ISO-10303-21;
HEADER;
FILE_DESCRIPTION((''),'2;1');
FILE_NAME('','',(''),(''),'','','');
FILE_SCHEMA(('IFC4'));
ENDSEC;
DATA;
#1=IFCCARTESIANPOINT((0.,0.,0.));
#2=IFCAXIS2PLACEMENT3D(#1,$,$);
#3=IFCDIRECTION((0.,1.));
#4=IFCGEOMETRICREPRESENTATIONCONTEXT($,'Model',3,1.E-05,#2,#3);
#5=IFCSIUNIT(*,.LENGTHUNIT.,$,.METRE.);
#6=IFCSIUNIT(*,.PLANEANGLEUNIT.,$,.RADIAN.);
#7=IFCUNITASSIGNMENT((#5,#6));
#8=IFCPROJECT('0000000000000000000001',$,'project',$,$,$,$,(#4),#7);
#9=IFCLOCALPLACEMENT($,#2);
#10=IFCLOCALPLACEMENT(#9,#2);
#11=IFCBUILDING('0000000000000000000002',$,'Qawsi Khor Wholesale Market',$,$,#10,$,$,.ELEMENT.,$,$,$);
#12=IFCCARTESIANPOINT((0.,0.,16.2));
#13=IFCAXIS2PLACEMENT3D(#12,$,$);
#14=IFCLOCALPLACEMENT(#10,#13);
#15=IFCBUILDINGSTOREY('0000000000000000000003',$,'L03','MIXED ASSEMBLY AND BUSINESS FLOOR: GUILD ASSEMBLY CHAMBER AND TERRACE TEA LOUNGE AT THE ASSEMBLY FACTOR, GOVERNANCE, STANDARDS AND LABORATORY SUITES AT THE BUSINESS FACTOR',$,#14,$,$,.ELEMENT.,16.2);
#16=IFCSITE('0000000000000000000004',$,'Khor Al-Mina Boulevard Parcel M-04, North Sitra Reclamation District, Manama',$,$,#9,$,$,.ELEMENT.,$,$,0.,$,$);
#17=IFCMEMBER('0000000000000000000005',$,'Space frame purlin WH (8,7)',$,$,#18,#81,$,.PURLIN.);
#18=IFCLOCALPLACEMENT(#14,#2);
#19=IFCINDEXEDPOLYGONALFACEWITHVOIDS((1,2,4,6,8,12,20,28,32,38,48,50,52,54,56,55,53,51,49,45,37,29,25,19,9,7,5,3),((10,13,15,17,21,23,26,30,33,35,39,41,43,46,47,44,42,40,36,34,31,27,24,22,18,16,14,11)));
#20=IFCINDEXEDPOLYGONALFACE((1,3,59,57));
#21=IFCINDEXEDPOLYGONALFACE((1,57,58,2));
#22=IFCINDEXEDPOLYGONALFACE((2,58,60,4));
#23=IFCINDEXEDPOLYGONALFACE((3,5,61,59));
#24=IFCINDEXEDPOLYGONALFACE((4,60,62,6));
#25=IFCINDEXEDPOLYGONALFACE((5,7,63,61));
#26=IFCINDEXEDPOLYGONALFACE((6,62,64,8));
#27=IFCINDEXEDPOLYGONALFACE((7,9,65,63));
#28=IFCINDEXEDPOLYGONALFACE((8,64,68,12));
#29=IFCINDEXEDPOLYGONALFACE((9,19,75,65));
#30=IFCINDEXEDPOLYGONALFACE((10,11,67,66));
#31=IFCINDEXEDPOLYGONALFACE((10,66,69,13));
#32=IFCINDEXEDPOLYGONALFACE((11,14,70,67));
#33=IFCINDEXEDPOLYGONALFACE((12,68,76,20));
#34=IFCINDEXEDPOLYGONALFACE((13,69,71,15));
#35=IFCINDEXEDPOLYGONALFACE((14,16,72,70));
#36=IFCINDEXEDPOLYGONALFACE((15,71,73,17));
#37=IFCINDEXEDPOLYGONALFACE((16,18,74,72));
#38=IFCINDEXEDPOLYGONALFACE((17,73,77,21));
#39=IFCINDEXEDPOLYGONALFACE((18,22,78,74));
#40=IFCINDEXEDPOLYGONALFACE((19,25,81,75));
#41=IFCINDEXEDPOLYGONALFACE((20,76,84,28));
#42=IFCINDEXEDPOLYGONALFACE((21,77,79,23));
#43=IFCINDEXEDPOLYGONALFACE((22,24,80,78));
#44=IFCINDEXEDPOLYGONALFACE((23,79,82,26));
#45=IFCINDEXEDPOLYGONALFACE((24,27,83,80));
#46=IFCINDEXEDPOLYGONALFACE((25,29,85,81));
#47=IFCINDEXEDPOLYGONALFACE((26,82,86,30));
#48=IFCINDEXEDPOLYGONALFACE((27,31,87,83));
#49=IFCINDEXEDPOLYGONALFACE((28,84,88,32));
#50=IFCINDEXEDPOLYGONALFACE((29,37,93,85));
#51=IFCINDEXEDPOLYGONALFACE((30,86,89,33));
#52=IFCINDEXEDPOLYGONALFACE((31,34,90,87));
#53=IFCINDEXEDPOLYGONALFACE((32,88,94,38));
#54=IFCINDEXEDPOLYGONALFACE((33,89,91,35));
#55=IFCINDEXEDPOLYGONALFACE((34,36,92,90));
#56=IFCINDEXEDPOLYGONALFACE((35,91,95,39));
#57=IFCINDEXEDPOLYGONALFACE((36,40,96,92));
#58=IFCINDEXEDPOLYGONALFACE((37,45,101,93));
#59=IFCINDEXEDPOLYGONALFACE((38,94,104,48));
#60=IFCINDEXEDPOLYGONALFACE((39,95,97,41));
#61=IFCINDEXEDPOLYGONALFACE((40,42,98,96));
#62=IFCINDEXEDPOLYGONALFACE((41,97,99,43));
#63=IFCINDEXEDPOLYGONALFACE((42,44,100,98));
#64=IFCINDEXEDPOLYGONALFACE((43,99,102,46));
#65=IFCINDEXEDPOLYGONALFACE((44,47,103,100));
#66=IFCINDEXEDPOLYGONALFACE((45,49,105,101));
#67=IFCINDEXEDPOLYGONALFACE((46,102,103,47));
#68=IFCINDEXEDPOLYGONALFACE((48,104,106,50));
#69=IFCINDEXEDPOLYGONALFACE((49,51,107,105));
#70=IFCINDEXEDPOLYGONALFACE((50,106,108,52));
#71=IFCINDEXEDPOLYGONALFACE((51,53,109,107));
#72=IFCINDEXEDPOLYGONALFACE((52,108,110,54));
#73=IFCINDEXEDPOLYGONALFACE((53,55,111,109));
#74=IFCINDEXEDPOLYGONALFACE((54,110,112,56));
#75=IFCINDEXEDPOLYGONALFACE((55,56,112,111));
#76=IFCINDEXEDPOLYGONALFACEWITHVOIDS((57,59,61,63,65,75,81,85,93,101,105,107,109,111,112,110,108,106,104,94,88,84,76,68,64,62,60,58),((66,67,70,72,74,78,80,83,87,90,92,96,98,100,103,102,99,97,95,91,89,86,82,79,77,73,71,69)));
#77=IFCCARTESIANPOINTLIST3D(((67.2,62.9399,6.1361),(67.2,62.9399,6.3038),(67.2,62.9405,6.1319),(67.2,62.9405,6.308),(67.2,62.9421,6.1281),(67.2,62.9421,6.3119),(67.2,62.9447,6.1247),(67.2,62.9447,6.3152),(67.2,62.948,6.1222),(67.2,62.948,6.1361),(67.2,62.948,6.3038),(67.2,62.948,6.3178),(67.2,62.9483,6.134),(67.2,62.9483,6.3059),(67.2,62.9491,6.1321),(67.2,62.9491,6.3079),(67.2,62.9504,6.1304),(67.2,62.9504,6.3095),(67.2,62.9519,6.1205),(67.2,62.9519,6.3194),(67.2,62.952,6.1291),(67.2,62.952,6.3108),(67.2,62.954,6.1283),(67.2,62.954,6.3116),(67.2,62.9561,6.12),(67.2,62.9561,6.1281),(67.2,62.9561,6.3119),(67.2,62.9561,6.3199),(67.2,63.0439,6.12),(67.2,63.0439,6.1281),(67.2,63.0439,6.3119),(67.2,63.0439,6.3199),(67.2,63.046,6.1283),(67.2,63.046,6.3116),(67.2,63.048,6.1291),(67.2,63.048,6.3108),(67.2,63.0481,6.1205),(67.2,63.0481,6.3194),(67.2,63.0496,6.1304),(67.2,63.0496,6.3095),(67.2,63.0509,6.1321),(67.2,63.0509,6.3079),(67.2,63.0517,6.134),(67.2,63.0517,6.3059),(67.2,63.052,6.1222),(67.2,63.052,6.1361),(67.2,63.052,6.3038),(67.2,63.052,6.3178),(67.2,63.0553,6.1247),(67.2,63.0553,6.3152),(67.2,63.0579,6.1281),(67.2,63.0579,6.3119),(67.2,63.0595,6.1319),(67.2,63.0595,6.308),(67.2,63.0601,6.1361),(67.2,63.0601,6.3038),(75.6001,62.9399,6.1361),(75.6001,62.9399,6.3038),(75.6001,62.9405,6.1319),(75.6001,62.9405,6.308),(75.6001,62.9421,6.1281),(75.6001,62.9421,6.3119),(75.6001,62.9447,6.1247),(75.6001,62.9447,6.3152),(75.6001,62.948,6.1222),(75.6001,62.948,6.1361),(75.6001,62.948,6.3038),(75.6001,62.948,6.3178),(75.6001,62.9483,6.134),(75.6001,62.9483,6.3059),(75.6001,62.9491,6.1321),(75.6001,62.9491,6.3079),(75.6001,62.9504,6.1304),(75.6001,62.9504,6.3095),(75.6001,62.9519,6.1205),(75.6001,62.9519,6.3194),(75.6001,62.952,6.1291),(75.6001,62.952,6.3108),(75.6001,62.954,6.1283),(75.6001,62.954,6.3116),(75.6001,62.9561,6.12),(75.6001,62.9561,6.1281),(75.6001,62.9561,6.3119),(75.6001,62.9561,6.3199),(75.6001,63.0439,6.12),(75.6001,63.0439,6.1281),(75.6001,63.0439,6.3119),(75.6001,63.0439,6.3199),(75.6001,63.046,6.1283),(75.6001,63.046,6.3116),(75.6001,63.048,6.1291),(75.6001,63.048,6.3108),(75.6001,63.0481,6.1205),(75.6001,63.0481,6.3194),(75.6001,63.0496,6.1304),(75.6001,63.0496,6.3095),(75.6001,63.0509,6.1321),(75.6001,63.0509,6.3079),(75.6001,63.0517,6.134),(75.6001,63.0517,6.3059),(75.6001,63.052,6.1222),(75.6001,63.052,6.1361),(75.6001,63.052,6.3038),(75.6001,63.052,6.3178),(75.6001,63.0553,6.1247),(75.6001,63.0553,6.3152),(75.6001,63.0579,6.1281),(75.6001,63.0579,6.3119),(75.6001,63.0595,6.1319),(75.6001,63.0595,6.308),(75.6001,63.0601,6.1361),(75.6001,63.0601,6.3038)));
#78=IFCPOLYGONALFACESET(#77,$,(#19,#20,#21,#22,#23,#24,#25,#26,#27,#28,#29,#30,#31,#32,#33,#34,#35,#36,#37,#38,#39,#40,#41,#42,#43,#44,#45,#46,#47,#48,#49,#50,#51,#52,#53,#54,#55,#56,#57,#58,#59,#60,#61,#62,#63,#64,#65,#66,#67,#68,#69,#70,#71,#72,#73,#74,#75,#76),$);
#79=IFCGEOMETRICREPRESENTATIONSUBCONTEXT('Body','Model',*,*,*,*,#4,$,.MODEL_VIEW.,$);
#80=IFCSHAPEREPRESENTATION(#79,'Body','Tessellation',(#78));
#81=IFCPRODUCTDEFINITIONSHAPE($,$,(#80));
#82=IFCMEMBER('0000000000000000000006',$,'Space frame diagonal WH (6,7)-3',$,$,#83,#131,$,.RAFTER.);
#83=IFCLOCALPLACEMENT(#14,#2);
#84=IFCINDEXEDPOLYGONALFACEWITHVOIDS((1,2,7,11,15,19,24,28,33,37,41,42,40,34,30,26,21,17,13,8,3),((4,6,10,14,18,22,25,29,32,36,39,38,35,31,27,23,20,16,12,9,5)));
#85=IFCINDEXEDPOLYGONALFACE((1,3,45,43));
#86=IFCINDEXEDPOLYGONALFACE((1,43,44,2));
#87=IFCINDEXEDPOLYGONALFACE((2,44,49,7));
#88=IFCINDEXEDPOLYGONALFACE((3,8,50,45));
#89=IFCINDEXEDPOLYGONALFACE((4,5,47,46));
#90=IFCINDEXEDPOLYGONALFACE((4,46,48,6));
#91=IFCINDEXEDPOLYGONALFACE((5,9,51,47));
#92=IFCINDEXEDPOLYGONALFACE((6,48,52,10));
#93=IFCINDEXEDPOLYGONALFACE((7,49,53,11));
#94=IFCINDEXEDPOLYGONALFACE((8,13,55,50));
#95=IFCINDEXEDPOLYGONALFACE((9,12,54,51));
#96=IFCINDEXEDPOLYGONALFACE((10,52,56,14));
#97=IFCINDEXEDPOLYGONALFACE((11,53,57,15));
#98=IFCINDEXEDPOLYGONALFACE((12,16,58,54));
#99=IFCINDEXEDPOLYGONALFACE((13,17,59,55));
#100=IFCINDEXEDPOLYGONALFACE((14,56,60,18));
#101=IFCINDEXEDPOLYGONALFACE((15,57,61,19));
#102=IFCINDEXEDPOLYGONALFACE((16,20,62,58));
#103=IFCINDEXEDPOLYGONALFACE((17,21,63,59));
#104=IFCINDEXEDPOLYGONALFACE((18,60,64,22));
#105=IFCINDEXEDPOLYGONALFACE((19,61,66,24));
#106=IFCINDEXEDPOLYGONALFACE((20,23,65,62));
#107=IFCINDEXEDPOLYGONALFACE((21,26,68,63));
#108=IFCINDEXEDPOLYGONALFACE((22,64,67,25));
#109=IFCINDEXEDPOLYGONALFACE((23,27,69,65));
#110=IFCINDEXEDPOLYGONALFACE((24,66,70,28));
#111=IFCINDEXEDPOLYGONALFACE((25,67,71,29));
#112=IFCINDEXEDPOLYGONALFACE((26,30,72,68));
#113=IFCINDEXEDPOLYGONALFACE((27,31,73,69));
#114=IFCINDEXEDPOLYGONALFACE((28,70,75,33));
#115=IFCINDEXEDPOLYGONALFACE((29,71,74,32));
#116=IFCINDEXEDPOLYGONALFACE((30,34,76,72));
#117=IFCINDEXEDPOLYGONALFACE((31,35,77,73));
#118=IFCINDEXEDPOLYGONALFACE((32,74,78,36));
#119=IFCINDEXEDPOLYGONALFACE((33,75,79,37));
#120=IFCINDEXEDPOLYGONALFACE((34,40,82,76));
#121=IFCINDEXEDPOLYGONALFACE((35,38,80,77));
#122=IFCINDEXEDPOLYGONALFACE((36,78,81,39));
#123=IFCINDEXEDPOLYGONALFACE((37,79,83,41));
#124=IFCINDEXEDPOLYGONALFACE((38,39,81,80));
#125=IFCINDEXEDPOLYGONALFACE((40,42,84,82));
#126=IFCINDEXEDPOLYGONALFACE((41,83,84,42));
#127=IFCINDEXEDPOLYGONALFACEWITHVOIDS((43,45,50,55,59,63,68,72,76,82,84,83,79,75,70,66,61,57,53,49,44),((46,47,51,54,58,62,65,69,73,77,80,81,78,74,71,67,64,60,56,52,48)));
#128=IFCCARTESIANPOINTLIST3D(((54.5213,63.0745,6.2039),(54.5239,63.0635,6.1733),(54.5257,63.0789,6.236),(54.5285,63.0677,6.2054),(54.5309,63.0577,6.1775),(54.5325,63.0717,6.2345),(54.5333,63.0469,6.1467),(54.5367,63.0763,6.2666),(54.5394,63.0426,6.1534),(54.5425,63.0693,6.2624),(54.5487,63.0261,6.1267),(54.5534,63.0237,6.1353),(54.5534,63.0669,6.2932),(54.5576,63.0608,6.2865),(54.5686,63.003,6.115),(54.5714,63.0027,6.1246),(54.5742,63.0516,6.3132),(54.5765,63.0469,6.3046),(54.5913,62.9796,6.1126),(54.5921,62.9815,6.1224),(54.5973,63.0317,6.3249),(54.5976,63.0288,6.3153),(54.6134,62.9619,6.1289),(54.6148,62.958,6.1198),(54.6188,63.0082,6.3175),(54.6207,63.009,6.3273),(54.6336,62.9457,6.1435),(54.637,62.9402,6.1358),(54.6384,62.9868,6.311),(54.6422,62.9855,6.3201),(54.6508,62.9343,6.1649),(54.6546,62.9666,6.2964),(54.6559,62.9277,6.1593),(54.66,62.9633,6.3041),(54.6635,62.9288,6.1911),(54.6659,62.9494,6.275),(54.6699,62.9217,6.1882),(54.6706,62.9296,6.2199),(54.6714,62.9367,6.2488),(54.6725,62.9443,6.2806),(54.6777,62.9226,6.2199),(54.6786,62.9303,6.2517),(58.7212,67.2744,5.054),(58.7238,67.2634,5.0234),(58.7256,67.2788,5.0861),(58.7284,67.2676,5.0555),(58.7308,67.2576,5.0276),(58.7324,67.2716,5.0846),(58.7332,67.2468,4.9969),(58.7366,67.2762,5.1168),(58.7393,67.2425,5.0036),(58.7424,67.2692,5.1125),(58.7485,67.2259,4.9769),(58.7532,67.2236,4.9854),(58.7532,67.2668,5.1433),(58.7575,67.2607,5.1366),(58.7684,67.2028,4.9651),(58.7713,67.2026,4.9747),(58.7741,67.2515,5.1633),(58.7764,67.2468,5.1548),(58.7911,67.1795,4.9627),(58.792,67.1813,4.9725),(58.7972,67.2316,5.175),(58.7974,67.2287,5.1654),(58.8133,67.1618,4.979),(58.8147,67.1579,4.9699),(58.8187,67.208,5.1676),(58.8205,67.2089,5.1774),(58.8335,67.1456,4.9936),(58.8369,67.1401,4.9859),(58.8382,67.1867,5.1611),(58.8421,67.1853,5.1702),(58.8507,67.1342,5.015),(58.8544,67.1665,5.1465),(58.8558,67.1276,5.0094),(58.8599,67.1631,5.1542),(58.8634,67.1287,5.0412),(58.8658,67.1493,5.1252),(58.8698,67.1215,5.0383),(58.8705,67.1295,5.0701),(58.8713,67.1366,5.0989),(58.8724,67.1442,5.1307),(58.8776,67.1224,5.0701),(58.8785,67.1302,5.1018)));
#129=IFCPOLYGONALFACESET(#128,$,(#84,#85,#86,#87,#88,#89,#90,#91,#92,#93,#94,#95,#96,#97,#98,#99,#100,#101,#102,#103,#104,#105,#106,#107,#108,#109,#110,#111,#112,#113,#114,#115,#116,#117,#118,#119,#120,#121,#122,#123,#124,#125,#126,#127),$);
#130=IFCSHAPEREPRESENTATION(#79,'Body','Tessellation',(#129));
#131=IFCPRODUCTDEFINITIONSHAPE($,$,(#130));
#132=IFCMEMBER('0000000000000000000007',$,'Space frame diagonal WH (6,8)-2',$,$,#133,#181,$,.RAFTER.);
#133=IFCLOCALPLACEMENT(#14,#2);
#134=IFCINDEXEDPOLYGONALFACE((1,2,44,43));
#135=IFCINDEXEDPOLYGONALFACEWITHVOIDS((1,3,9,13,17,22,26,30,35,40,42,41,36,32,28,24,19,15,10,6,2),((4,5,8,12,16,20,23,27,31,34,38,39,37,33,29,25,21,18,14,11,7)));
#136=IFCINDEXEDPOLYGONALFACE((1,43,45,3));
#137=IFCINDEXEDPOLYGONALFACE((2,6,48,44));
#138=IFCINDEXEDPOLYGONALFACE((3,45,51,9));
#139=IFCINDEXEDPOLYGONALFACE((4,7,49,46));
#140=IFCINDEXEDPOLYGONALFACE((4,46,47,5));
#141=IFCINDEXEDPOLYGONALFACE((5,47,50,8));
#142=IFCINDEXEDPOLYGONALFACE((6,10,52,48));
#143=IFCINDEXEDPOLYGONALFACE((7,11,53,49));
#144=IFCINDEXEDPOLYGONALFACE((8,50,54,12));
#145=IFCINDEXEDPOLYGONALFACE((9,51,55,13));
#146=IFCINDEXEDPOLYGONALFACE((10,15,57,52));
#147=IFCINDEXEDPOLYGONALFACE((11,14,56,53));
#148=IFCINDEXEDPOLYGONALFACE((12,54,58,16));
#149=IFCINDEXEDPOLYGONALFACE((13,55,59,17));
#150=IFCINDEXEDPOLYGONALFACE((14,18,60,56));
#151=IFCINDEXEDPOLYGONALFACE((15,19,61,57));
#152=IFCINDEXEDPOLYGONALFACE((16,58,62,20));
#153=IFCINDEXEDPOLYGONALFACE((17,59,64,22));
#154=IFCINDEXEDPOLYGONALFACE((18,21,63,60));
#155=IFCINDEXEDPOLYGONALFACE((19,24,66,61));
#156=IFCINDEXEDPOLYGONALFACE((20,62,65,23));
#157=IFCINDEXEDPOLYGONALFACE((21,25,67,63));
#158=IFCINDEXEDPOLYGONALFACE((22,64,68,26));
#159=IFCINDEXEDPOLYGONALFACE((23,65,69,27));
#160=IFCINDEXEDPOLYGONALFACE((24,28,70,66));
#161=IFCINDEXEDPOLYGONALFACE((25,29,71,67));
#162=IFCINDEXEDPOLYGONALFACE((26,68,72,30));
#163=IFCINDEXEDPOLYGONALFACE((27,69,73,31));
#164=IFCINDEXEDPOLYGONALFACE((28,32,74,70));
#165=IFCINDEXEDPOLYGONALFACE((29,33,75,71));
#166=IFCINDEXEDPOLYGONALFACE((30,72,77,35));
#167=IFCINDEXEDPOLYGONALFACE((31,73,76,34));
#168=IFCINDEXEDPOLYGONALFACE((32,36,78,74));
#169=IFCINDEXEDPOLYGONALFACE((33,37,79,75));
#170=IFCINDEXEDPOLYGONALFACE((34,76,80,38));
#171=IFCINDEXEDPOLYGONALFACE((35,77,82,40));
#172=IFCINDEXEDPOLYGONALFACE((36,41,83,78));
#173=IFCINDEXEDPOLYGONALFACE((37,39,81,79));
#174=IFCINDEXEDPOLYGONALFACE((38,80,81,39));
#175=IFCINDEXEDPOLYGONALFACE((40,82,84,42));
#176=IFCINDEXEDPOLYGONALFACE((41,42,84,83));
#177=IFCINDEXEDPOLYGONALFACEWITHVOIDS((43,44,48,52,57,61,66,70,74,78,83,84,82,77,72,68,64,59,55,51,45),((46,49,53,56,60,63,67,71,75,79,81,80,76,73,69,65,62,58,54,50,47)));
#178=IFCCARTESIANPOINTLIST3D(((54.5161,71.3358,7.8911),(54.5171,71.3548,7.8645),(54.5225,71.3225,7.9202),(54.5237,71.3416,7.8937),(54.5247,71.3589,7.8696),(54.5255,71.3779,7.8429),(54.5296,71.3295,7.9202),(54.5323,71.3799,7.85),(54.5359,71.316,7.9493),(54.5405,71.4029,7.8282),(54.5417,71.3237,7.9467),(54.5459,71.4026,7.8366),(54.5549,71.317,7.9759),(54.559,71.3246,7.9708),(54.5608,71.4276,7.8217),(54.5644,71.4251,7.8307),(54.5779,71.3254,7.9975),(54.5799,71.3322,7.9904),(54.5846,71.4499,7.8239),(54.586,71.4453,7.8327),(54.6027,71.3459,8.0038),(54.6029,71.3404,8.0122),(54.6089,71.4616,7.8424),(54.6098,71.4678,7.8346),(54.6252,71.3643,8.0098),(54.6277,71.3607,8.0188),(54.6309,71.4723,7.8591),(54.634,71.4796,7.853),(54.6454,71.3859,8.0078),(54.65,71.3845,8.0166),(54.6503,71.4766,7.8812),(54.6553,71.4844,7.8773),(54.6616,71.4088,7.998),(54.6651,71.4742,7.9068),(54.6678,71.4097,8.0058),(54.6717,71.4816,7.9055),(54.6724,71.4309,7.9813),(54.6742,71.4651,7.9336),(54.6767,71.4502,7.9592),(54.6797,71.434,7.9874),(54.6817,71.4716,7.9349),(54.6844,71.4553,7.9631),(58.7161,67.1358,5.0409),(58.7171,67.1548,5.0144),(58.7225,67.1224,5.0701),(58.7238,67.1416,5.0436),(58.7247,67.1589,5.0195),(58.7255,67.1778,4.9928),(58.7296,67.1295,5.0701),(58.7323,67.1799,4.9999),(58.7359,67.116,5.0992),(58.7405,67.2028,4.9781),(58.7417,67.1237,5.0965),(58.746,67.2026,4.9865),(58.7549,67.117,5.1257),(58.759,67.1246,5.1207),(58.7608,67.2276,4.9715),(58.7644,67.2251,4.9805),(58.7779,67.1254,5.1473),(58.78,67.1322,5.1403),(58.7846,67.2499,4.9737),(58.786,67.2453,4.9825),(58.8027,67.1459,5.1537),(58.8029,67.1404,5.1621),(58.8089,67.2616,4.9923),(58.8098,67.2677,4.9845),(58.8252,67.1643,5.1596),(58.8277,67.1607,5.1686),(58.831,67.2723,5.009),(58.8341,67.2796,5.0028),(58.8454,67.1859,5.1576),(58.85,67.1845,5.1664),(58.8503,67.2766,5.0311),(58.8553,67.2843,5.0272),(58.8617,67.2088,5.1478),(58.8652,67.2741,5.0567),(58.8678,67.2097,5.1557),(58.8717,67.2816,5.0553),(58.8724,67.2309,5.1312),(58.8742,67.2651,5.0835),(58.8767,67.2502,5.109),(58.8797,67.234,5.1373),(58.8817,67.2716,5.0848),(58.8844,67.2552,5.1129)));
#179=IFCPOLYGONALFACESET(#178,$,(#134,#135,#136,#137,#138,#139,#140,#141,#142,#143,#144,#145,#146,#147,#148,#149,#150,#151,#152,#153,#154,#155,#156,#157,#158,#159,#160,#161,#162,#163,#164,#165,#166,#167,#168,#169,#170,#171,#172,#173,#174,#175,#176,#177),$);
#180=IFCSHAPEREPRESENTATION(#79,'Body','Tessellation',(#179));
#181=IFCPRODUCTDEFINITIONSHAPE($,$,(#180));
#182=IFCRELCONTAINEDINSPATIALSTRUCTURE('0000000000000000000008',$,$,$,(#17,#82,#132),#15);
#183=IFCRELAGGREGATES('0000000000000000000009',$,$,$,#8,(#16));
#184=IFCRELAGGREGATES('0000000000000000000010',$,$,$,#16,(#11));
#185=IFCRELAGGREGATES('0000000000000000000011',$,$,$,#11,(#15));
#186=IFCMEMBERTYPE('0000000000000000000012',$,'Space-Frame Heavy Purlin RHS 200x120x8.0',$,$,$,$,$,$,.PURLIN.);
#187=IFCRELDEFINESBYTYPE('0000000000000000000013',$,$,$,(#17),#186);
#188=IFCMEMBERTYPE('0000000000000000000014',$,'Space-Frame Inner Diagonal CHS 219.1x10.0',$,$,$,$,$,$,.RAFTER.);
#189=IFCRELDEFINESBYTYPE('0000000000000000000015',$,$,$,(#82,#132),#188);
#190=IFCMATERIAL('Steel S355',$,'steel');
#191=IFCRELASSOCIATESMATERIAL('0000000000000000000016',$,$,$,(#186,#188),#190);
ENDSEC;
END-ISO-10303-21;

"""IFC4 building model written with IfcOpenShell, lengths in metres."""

from ifc_helpers import new_model, si_unit, direction, frame, origin, origin_2d, place, context, subcontext, project, spatial, hollow_rectangle, hollow_circle, extrude, material, material_profile, profile_set, type_object, element, save


model = new_model("IFC4")

# Units and contexts
model_context = context("Model", 3, precision=1e-05, world=origin(), true_north=direction((0.0, 1.0)))
body_context = subcontext(model_context, "Body", "Model", "MODEL_VIEW")
ifc_project = project(units=[si_unit("LENGTHUNIT", "METRE"), si_unit("PLANEANGLEUNIT", "RADIAN")], contexts=[model_context])

# Site, building, storey
site_placement = place(None, origin())
site = spatial("IfcSite", under=ifc_project, at=site_placement, Name="Khor Al-Mina Boulevard Parcel M-04, North Sitra Reclamation District, Manama", CompositionType="ELEMENT", RefElevation=0.0)
building_placement = place(site_placement, origin())
building = spatial("IfcBuilding", under=site, at=building_placement, Name="Qawsi Khor Wholesale Market", CompositionType="ELEMENT")
storey_placement = place(building_placement, frame((0.0, 0.0, 16.2)))
storey = spatial("IfcBuildingStorey", under=building, at=storey_placement, Name="L03", Description="MIXED ASSEMBLY AND BUSINESS FLOOR: GUILD ASSEMBLY CHAMBER AND TERRACE TEA LOUNGE AT THE ASSEMBLY FACTOR, GOVERNANCE, STANDARDS AND LABORATORY SUITES AT THE BUSINESS FACTOR", CompositionType="ELEMENT", Elevation=16.2)

# Members
ifc_material_1 = material(Name="Steel S355", Category="steel")
ifc_material_profile_1 = material_profile(ifc_material_1, hollow_rectangle(XDim=0.1201, YDim=0.2, WallThickness=0.0081, InnerFilletRadius=0.0081, OuterFilletRadius=0.0161, at=origin_2d()), Name="RHS 200x120x8.0")
ifc_profile_set_1 = profile_set([ifc_material_profile_1], Name="Steel S355")
member_type_1 = type_object("IfcMemberType", Name="Space-Frame Heavy Purlin RHS 200x120x8.0", PredefinedType="PURLIN", material=ifc_profile_set_1)
for number, where, z_axis, x_axis, name in (
    (1, (67.2, 63.0, 6.22), (1.0, 0.0, 0.0), (0.0, 1.0, 0.0), "Space frame purlin WH (8,7)"),
):
    element("IfcMember", number, at=place(storey_placement, frame(where, z_axis=z_axis, x_axis=x_axis)), inside=storey, type_object=member_type_1, Name=name, PredefinedType="PURLIN", context=body_context, shape_type="SweptSolid", body=[
        extrude(hollow_rectangle(XDim=0.1201, YDim=0.2, WallThickness=0.0081, InnerFilletRadius=0.0081, OuterFilletRadius=0.0161, at=origin_2d()), origin(), (0.0, 0.0, 1.0), 8.4001),
    ])
ifc_material_profile_2 = material_profile(ifc_material_1, hollow_circle(Radius=0.1096, WallThickness=0.01, at=origin_2d()), Name="CHS 219.1x10.0")
ifc_profile_set_2 = profile_set([ifc_material_profile_2], Name="Steel S355")
member_type_2 = type_object("IfcMemberType", Name="Space-Frame Inner Diagonal CHS 219.1x10.0", PredefinedType="RAFTER", material=ifc_profile_set_2)
member_1_placement = place(storey_placement, frame((58.8, 67.2, 5.0701), z_axis=(-0.694217, -0.694217, 0.190069), x_axis=(0.707107, -0.707107, 0.0)))
element("IfcMember", 2, at=member_1_placement, inside=storey, type_object=member_type_2, Name="Space frame diagonal WH (6,7)-3", PredefinedType="RAFTER", context=body_context, shape_type="SweptSolid", body=[
    extrude(hollow_circle(Radius=0.1096, WallThickness=0.01, at=origin_2d()), origin(), (0.0, 0.0, 1.0), 6.0498),
])
member_2_placement = place(storey_placement, frame((58.8, 67.2, 5.0701), z_axis=(-0.637512, 0.637512, 0.432617), x_axis=(-0.707107, -0.707107, 0.0)))
element("IfcMember", 3, at=member_2_placement, inside=storey, type_object=member_type_2, Name="Space frame diagonal WH (6,8)-2", PredefinedType="RAFTER", context=body_context, shape_type="SweptSolid", body=[
    extrude(hollow_circle(Radius=0.1096, WallThickness=0.01, at=origin_2d()), origin(), (0.0, 0.0, 1.0), 6.5881),
])

save(model, "model.ifc")
